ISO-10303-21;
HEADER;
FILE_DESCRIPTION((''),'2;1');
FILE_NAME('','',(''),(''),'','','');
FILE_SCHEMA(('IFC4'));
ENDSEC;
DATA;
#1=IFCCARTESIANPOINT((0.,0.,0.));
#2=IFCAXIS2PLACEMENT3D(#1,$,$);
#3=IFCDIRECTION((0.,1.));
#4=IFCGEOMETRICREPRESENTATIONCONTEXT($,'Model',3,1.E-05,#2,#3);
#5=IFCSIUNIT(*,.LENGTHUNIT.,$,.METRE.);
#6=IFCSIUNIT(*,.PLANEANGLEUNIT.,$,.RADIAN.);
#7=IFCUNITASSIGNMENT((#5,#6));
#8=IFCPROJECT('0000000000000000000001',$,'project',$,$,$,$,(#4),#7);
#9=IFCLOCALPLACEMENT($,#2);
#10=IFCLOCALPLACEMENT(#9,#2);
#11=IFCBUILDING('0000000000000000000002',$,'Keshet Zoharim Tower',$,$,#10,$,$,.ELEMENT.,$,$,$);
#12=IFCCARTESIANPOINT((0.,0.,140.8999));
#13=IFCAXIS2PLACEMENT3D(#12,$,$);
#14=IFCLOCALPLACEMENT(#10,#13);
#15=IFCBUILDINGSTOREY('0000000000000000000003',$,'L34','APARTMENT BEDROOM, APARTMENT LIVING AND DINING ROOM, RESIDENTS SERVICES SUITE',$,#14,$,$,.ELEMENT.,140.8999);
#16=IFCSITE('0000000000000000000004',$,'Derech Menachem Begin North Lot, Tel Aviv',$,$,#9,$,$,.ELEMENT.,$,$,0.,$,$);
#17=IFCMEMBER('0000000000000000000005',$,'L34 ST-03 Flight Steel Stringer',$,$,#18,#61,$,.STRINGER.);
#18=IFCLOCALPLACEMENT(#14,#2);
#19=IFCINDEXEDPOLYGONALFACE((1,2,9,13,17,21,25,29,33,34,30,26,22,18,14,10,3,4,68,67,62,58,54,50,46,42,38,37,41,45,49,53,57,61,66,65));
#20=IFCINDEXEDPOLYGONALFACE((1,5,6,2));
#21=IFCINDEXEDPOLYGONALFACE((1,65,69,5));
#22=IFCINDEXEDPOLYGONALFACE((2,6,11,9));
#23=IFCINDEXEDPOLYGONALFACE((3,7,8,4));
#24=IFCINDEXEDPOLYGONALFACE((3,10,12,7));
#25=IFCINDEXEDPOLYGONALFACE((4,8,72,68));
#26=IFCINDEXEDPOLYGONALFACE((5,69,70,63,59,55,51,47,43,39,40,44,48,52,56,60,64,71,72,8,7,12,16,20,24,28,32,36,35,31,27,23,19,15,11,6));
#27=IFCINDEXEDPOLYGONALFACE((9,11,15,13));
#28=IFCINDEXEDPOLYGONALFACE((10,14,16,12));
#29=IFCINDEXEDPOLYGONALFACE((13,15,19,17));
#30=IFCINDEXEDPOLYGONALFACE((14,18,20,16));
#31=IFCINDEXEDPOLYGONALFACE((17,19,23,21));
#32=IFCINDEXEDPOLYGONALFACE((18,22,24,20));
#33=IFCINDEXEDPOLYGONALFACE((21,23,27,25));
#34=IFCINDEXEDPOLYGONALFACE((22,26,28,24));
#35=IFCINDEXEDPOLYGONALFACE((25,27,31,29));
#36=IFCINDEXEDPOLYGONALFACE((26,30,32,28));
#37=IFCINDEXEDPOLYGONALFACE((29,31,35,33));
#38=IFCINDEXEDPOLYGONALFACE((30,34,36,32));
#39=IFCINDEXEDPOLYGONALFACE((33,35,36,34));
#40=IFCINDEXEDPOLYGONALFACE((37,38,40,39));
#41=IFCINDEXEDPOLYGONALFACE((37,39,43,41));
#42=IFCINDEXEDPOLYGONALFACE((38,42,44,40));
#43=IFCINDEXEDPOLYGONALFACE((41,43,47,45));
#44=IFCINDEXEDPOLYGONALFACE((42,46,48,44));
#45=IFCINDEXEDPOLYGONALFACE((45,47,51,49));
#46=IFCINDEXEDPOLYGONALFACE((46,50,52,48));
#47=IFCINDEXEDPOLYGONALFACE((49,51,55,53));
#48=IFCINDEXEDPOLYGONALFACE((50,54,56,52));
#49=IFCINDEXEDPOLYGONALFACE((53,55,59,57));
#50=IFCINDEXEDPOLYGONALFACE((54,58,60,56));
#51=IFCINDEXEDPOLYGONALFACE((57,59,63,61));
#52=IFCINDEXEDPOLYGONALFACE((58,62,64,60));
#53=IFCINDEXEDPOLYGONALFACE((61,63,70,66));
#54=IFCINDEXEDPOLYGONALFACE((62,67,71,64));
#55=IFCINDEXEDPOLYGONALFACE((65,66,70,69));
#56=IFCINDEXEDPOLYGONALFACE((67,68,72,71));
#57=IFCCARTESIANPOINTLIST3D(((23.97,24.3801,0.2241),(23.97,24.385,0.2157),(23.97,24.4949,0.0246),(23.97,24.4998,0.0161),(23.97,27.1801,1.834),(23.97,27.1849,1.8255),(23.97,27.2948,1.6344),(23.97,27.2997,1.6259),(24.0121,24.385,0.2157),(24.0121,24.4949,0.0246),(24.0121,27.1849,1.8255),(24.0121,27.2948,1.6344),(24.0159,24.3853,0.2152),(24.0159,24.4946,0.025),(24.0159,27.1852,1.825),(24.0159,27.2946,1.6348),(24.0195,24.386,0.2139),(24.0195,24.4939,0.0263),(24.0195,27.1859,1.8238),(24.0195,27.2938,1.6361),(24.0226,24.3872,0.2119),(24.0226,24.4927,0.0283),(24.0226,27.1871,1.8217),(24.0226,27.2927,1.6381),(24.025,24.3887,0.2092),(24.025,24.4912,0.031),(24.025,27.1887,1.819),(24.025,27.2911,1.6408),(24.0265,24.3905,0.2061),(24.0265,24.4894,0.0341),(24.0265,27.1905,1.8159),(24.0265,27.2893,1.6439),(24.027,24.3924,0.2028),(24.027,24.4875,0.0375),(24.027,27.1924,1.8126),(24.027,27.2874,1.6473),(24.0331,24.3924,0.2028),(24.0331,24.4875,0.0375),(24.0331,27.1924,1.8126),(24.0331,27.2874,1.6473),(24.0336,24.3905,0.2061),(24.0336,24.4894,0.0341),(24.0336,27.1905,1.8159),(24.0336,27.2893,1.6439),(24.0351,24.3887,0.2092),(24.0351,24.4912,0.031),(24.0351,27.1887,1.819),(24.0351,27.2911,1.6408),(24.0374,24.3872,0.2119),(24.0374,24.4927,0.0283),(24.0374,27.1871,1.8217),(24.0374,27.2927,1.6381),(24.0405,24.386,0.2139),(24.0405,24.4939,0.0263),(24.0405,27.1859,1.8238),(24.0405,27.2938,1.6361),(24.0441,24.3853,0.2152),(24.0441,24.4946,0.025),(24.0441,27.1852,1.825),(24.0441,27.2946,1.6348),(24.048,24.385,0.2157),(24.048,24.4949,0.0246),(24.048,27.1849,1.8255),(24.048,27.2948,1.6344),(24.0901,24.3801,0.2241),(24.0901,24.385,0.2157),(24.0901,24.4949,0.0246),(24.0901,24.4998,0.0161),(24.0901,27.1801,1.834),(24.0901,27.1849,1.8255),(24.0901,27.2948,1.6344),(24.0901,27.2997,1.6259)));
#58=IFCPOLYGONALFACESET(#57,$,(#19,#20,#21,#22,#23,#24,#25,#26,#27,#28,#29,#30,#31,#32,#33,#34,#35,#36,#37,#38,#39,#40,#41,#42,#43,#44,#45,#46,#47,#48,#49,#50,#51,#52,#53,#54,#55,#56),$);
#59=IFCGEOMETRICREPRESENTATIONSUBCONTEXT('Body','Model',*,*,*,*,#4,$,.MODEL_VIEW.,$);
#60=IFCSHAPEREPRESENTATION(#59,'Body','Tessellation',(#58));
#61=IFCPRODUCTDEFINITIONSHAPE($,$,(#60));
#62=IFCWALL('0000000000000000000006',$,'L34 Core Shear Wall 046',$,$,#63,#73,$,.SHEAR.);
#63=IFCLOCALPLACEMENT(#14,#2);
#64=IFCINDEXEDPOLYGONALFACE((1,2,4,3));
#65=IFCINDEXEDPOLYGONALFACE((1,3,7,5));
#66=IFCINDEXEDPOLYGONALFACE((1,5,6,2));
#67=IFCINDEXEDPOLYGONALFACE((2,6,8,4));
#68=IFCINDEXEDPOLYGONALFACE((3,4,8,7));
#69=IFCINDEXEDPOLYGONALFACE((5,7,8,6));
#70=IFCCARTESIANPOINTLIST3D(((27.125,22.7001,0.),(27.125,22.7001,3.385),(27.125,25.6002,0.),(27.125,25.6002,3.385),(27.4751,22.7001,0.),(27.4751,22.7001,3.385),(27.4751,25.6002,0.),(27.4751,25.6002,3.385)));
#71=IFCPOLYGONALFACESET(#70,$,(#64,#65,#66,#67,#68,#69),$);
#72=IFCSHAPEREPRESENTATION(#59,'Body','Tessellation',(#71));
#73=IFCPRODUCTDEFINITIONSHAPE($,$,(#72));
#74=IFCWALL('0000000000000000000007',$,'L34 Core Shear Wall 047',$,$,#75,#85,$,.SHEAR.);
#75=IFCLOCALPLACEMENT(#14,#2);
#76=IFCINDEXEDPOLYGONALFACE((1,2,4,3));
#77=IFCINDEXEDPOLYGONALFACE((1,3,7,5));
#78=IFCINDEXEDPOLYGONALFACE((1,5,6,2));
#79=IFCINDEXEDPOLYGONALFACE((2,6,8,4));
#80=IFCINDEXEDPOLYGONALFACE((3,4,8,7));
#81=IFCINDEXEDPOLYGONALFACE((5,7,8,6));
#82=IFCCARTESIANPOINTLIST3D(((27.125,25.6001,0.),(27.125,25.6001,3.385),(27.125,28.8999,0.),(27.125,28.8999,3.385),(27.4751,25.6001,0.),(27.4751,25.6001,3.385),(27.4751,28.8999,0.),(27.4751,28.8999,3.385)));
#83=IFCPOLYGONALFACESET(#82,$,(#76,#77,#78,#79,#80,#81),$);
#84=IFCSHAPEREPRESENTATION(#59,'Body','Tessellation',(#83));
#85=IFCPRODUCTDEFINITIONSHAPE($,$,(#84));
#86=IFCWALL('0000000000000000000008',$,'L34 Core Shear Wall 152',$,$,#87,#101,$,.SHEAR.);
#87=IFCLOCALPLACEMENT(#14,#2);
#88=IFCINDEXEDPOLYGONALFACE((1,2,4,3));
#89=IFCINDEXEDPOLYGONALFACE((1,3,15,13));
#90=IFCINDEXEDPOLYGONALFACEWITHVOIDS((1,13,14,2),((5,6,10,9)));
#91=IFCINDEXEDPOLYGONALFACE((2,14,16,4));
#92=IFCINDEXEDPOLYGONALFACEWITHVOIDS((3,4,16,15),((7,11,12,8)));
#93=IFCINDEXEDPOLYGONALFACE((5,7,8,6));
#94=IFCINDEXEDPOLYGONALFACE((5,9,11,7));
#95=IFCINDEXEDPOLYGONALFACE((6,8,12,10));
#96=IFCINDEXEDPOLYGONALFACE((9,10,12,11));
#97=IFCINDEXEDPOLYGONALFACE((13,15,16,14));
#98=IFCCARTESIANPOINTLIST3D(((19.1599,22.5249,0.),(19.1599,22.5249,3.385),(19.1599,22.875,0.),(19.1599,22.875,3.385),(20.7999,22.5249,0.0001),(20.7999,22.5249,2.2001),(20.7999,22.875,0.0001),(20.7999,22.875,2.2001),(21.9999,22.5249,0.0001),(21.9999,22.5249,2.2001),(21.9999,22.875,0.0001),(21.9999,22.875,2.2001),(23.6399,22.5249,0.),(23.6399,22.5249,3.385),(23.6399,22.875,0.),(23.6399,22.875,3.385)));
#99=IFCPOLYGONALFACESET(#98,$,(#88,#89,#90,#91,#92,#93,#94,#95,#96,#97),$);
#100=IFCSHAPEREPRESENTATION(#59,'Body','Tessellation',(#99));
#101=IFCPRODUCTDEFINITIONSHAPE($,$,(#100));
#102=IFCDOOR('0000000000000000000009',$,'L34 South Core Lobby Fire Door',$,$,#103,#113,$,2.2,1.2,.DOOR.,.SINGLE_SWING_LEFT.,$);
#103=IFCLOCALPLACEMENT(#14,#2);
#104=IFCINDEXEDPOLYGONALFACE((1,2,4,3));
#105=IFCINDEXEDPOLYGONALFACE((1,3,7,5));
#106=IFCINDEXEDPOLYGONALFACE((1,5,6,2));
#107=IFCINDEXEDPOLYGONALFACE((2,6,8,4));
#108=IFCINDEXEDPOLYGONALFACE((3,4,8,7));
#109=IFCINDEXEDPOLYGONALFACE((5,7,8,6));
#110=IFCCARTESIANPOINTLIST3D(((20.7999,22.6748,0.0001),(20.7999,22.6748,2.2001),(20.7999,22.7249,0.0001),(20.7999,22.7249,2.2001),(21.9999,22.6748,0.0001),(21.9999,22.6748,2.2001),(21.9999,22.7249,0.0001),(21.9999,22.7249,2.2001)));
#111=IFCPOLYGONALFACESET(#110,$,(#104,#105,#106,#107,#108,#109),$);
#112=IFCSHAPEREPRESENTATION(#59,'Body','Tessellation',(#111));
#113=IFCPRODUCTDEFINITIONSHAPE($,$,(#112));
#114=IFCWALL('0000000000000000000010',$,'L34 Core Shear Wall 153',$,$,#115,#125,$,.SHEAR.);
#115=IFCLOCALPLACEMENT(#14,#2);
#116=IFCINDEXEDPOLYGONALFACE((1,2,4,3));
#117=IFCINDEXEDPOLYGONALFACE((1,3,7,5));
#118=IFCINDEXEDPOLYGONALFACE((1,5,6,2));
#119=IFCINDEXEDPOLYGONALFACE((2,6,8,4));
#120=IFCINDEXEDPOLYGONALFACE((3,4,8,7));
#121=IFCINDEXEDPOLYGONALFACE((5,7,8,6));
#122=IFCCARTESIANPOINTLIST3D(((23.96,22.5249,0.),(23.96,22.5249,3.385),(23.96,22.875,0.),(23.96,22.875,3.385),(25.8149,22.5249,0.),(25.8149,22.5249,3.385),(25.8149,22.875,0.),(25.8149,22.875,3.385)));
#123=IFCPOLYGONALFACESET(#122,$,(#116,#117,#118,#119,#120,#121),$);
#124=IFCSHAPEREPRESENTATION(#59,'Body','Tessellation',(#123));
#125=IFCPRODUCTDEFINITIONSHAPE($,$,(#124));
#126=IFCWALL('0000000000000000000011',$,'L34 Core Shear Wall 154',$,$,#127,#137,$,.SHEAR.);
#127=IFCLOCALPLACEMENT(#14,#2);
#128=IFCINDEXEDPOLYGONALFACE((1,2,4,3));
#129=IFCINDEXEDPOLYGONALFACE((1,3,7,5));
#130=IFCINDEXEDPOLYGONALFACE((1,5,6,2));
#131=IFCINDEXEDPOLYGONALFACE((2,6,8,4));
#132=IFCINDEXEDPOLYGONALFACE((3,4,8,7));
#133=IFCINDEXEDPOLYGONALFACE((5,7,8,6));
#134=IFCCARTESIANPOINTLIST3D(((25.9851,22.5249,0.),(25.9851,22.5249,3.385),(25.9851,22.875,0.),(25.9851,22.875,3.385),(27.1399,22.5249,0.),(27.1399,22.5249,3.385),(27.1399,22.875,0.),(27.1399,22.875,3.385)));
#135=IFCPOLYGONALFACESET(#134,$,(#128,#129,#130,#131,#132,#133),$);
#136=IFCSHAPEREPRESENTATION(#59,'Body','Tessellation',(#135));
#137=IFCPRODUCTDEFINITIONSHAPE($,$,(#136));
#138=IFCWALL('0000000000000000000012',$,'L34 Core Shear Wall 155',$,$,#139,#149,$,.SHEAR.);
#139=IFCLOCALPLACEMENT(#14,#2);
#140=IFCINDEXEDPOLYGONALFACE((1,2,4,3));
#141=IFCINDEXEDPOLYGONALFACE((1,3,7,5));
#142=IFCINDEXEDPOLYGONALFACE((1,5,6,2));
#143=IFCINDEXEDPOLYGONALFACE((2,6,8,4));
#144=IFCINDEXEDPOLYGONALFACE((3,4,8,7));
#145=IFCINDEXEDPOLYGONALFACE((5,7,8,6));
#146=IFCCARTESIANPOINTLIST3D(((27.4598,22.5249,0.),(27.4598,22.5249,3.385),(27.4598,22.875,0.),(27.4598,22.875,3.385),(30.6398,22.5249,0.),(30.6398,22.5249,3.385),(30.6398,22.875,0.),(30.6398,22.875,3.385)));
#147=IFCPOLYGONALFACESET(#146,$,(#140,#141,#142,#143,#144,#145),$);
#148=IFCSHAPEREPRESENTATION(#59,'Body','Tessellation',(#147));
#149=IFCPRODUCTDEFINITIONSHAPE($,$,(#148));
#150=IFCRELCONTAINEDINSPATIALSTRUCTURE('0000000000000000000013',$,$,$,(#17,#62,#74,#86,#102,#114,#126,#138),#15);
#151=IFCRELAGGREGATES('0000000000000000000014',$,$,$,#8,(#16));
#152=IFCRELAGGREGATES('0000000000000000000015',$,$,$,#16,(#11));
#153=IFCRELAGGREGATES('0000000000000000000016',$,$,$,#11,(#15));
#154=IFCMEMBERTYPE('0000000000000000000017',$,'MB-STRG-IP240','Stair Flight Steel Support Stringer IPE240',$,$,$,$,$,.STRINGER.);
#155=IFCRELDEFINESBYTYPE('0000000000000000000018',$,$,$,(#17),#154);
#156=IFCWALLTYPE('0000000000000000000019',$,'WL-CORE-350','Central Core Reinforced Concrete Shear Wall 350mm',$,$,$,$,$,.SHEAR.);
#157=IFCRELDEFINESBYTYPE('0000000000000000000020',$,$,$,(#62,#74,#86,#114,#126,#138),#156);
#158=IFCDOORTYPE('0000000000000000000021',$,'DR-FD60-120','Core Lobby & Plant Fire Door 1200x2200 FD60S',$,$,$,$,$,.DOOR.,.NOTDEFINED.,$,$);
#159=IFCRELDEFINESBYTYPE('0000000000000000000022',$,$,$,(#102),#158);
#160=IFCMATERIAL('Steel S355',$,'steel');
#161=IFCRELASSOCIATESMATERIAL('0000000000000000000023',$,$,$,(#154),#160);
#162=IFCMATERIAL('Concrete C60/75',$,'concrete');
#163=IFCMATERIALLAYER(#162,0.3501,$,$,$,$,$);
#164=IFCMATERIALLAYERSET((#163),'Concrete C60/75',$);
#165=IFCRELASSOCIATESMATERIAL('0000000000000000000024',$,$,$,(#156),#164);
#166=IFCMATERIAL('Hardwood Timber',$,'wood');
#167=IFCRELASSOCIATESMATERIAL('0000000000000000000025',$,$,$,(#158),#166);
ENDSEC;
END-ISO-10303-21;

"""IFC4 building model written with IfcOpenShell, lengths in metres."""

from ifc_helpers import new_model, si_unit, direction, frame, frame_2d, origin, origin_2d, place, context, subcontext, project, spatial, rectangle, i_section, extrude, material, layer, layer_set, material_profile, profile_set, type_object, element, fill, save


model = new_model("IFC4")

# Units and contexts
model_context = context("Model", 3, precision=1e-05, world=origin(), true_north=direction((0.0, 1.0)))
body_context = subcontext(model_context, "Body", "Model", "MODEL_VIEW")
ifc_project = project(units=[si_unit("LENGTHUNIT", "METRE"), si_unit("PLANEANGLEUNIT", "RADIAN")], contexts=[model_context])

# Site, building, storey
site_placement = place(None, origin())
site = spatial("IfcSite", under=ifc_project, at=site_placement, Name="Derech Menachem Begin North Lot, Tel Aviv", CompositionType="ELEMENT", RefElevation=0.0)
building_placement = place(site_placement, origin())
building = spatial("IfcBuilding", under=site, at=building_placement, Name="Keshet Zoharim Tower", CompositionType="ELEMENT")
storey_placement = place(building_placement, frame((0.0, 0.0, 140.8999)))
storey = spatial("IfcBuildingStorey", under=building, at=storey_placement, Name="L34", Description="APARTMENT BEDROOM, APARTMENT LIVING AND DINING ROOM, RESIDENTS SERVICES SUITE", CompositionType="ELEMENT", Elevation=140.8999)

# Member
ifc_material_1 = material(Name="Steel S355", Category="steel")
ifc_material_profile = material_profile(ifc_material_1, i_section(OverallWidth=0.1201, OverallDepth=0.24, WebThickness=0.0061, FlangeThickness=0.0098, FilletRadius=0.0149, at=origin_2d()), Name="IPE240")
ifc_profile_set = profile_set([ifc_material_profile], Name="Steel S355")
member_type = type_object("IfcMemberType", Name="MB-STRG-IP240", Description="Stair Flight Steel Support Stringer IPE240", PredefinedType="STRINGER", material=ifc_profile_set)
member_placement = place(storey_placement, frame((24.03, 24.4399, 0.1201), z_axis=(0.0, 0.866928, 0.498433), x_axis=(-1.0, 0.0, 0.0)))
element("IfcMember", 1, at=member_placement, inside=storey, type_object=member_type, Name="L34 ST-03 Flight Steel Stringer", PredefinedType="STRINGER", context=body_context, shape_type="SweptSolid", body=[
    extrude(i_section(OverallWidth=0.1201, OverallDepth=0.24, WebThickness=0.0061, FlangeThickness=0.0098, FilletRadius=0.0149, at=origin_2d()), origin(), (0.0, 0.0, 1.0), 3.2297),
])

# Shared definitions
ifc_material_2 = material(Name="Concrete C60/75", Category="concrete")
ifc_layer_1 = layer(ifc_material_2, 0.3501)
ifc_layer_set_1 = layer_set([ifc_layer_1], Name="Concrete C60/75")
wall_type = type_object("IfcWallType", Name="WL-CORE-350", Description="Central Core Reinforced Concrete Shear Wall 350mm", PredefinedType="SHEAR", material=ifc_layer_set_1)
ifc_material_3 = material(Name="Hardwood Timber", Category="wood")

# Walls
wall_1_placement = place(storey_placement, frame((27.3, 22.7, 0.0), z_axis=(0.0, 0.0, 1.0), x_axis=(0.0, 1.0, 0.0)))
element("IfcWall", 2, at=wall_1_placement, inside=storey, type_object=wall_type, Name="L34 Core Shear Wall 046", PredefinedType="SHEAR", context=body_context, shape_type="SweptSolid", body=[
    extrude(rectangle(XDim=2.9001, YDim=0.3501, at=frame_2d((1.4502, 0.0))), origin(), (0.0, 0.0, 1.0), 3.385),
])
wall_2_placement = place(storey_placement, frame((27.3, 25.6001, 0.0), z_axis=(0.0, 0.0, 1.0), x_axis=(0.0, 1.0, 0.0)))
element("IfcWall", 3, at=wall_2_placement, inside=storey, type_object=wall_type, Name="L34 Core Shear Wall 047", PredefinedType="SHEAR", context=body_context, shape_type="SweptSolid", body=[
    extrude(rectangle(XDim=3.2998, YDim=0.3501, at=frame_2d((1.6499, 0.0))), origin(), (0.0, 0.0, 1.0), 3.385),
])

# Wall, opening, door
wall_3_placement = place(storey_placement, frame((19.1599, 22.7, 0.0), z_axis=(0.0, 0.0, 1.0), x_axis=(1.0, 0.0, 0.0)))
wall_3 = element("IfcWall", 4, at=wall_3_placement, inside=storey, type_object=wall_type, Name="L34 Core Shear Wall 152", PredefinedType="SHEAR", context=body_context, shape_type="SweptSolid", body=[
    extrude(rectangle(XDim=4.48, YDim=0.3501, at=frame_2d((2.24, 0.0))), origin(), (0.0, 0.0, 1.0), 3.385),
])
opening_1_placement = place(wall_3_placement, frame((1.6399, 0.0, 0.0)))
opening_1 = element("IfcOpeningElement", 5, at=opening_1_placement, cuts=wall_3, PredefinedType="OPENING", context=body_context, shape_type="SweptSolid", body=[
    extrude(rectangle(XDim=1.2, YDim=2.2, at=frame_2d((0.6001, 1.1001))), frame((0.0, 0.1851, 0.0), z_axis=(0.0, -1.0, 0.0), x_axis=(1.0, 0.0, 0.0)), (0.0, 0.0, 1.0), 0.3701),
])
door_type_1 = type_object("IfcDoorType", Name="DR-FD60-120", Description="Core Lobby & Plant Fire Door 1200x2200 FD60S", OperationType="NOTDEFINED", PredefinedType="DOOR", material=ifc_material_3)
door_1_placement = place(opening_1_placement, origin())
door_1 = element("IfcDoor", 6, at=door_1_placement, inside=storey, type_object=door_type_1, Name="L34 South Core Lobby Fire Door", OperationType="SINGLE_SWING_LEFT", OverallHeight=2.2, OverallWidth=1.2, PredefinedType="DOOR", context=body_context, shape_type="SweptSolid", body=[
    extrude(rectangle(XDim=1.2, YDim=2.2, at=frame_2d((0.6001, 1.1001))), frame((0.0, 0.0249, 0.0), z_axis=(0.0, -1.0, 0.0), x_axis=(1.0, 0.0, 0.0)), (0.0, 0.0, 1.0), 0.05),
])
fill(opening_1, door_1)

# Walls
wall_4_placement = place(storey_placement, frame((23.96, 22.7, 0.0), z_axis=(0.0, 0.0, 1.0), x_axis=(1.0, 0.0, 0.0)))
element("IfcWall", 7, at=wall_4_placement, inside=storey, type_object=wall_type, Name="L34 Core Shear Wall 153", PredefinedType="SHEAR", context=body_context, shape_type="SweptSolid", body=[
    extrude(rectangle(XDim=1.855, YDim=0.3501, at=frame_2d((0.9275, 0.0))), origin(), (0.0, 0.0, 1.0), 3.385),
])
wall_5_placement = place(storey_placement, frame((25.9851, 22.7, 0.0), z_axis=(0.0, 0.0, 1.0), x_axis=(1.0, 0.0, 0.0)))
element("IfcWall", 8, at=wall_5_placement, inside=storey, type_object=wall_type, Name="L34 Core Shear Wall 154", PredefinedType="SHEAR", context=body_context, shape_type="SweptSolid", body=[
    extrude(rectangle(XDim=1.1548, YDim=0.3501, at=frame_2d((0.5774, 0.0))), origin(), (0.0, 0.0, 1.0), 3.385),
])
wall_6_placement = place(storey_placement, frame((27.46, 22.7, 0.0), z_axis=(0.0, 0.0, 1.0), x_axis=(1.0, 0.0, 0.0)))
element("IfcWall", 9, at=wall_6_placement, inside=storey, type_object=wall_type, Name="L34 Core Shear Wall 155", PredefinedType="SHEAR", context=body_context, shape_type="SweptSolid", body=[
    extrude(rectangle(XDim=3.1799, YDim=0.3501, at=frame_2d((1.5898, 0.0))), origin(), (0.0, 0.0, 1.0), 3.385),
])

save(model, "model.ifc")
